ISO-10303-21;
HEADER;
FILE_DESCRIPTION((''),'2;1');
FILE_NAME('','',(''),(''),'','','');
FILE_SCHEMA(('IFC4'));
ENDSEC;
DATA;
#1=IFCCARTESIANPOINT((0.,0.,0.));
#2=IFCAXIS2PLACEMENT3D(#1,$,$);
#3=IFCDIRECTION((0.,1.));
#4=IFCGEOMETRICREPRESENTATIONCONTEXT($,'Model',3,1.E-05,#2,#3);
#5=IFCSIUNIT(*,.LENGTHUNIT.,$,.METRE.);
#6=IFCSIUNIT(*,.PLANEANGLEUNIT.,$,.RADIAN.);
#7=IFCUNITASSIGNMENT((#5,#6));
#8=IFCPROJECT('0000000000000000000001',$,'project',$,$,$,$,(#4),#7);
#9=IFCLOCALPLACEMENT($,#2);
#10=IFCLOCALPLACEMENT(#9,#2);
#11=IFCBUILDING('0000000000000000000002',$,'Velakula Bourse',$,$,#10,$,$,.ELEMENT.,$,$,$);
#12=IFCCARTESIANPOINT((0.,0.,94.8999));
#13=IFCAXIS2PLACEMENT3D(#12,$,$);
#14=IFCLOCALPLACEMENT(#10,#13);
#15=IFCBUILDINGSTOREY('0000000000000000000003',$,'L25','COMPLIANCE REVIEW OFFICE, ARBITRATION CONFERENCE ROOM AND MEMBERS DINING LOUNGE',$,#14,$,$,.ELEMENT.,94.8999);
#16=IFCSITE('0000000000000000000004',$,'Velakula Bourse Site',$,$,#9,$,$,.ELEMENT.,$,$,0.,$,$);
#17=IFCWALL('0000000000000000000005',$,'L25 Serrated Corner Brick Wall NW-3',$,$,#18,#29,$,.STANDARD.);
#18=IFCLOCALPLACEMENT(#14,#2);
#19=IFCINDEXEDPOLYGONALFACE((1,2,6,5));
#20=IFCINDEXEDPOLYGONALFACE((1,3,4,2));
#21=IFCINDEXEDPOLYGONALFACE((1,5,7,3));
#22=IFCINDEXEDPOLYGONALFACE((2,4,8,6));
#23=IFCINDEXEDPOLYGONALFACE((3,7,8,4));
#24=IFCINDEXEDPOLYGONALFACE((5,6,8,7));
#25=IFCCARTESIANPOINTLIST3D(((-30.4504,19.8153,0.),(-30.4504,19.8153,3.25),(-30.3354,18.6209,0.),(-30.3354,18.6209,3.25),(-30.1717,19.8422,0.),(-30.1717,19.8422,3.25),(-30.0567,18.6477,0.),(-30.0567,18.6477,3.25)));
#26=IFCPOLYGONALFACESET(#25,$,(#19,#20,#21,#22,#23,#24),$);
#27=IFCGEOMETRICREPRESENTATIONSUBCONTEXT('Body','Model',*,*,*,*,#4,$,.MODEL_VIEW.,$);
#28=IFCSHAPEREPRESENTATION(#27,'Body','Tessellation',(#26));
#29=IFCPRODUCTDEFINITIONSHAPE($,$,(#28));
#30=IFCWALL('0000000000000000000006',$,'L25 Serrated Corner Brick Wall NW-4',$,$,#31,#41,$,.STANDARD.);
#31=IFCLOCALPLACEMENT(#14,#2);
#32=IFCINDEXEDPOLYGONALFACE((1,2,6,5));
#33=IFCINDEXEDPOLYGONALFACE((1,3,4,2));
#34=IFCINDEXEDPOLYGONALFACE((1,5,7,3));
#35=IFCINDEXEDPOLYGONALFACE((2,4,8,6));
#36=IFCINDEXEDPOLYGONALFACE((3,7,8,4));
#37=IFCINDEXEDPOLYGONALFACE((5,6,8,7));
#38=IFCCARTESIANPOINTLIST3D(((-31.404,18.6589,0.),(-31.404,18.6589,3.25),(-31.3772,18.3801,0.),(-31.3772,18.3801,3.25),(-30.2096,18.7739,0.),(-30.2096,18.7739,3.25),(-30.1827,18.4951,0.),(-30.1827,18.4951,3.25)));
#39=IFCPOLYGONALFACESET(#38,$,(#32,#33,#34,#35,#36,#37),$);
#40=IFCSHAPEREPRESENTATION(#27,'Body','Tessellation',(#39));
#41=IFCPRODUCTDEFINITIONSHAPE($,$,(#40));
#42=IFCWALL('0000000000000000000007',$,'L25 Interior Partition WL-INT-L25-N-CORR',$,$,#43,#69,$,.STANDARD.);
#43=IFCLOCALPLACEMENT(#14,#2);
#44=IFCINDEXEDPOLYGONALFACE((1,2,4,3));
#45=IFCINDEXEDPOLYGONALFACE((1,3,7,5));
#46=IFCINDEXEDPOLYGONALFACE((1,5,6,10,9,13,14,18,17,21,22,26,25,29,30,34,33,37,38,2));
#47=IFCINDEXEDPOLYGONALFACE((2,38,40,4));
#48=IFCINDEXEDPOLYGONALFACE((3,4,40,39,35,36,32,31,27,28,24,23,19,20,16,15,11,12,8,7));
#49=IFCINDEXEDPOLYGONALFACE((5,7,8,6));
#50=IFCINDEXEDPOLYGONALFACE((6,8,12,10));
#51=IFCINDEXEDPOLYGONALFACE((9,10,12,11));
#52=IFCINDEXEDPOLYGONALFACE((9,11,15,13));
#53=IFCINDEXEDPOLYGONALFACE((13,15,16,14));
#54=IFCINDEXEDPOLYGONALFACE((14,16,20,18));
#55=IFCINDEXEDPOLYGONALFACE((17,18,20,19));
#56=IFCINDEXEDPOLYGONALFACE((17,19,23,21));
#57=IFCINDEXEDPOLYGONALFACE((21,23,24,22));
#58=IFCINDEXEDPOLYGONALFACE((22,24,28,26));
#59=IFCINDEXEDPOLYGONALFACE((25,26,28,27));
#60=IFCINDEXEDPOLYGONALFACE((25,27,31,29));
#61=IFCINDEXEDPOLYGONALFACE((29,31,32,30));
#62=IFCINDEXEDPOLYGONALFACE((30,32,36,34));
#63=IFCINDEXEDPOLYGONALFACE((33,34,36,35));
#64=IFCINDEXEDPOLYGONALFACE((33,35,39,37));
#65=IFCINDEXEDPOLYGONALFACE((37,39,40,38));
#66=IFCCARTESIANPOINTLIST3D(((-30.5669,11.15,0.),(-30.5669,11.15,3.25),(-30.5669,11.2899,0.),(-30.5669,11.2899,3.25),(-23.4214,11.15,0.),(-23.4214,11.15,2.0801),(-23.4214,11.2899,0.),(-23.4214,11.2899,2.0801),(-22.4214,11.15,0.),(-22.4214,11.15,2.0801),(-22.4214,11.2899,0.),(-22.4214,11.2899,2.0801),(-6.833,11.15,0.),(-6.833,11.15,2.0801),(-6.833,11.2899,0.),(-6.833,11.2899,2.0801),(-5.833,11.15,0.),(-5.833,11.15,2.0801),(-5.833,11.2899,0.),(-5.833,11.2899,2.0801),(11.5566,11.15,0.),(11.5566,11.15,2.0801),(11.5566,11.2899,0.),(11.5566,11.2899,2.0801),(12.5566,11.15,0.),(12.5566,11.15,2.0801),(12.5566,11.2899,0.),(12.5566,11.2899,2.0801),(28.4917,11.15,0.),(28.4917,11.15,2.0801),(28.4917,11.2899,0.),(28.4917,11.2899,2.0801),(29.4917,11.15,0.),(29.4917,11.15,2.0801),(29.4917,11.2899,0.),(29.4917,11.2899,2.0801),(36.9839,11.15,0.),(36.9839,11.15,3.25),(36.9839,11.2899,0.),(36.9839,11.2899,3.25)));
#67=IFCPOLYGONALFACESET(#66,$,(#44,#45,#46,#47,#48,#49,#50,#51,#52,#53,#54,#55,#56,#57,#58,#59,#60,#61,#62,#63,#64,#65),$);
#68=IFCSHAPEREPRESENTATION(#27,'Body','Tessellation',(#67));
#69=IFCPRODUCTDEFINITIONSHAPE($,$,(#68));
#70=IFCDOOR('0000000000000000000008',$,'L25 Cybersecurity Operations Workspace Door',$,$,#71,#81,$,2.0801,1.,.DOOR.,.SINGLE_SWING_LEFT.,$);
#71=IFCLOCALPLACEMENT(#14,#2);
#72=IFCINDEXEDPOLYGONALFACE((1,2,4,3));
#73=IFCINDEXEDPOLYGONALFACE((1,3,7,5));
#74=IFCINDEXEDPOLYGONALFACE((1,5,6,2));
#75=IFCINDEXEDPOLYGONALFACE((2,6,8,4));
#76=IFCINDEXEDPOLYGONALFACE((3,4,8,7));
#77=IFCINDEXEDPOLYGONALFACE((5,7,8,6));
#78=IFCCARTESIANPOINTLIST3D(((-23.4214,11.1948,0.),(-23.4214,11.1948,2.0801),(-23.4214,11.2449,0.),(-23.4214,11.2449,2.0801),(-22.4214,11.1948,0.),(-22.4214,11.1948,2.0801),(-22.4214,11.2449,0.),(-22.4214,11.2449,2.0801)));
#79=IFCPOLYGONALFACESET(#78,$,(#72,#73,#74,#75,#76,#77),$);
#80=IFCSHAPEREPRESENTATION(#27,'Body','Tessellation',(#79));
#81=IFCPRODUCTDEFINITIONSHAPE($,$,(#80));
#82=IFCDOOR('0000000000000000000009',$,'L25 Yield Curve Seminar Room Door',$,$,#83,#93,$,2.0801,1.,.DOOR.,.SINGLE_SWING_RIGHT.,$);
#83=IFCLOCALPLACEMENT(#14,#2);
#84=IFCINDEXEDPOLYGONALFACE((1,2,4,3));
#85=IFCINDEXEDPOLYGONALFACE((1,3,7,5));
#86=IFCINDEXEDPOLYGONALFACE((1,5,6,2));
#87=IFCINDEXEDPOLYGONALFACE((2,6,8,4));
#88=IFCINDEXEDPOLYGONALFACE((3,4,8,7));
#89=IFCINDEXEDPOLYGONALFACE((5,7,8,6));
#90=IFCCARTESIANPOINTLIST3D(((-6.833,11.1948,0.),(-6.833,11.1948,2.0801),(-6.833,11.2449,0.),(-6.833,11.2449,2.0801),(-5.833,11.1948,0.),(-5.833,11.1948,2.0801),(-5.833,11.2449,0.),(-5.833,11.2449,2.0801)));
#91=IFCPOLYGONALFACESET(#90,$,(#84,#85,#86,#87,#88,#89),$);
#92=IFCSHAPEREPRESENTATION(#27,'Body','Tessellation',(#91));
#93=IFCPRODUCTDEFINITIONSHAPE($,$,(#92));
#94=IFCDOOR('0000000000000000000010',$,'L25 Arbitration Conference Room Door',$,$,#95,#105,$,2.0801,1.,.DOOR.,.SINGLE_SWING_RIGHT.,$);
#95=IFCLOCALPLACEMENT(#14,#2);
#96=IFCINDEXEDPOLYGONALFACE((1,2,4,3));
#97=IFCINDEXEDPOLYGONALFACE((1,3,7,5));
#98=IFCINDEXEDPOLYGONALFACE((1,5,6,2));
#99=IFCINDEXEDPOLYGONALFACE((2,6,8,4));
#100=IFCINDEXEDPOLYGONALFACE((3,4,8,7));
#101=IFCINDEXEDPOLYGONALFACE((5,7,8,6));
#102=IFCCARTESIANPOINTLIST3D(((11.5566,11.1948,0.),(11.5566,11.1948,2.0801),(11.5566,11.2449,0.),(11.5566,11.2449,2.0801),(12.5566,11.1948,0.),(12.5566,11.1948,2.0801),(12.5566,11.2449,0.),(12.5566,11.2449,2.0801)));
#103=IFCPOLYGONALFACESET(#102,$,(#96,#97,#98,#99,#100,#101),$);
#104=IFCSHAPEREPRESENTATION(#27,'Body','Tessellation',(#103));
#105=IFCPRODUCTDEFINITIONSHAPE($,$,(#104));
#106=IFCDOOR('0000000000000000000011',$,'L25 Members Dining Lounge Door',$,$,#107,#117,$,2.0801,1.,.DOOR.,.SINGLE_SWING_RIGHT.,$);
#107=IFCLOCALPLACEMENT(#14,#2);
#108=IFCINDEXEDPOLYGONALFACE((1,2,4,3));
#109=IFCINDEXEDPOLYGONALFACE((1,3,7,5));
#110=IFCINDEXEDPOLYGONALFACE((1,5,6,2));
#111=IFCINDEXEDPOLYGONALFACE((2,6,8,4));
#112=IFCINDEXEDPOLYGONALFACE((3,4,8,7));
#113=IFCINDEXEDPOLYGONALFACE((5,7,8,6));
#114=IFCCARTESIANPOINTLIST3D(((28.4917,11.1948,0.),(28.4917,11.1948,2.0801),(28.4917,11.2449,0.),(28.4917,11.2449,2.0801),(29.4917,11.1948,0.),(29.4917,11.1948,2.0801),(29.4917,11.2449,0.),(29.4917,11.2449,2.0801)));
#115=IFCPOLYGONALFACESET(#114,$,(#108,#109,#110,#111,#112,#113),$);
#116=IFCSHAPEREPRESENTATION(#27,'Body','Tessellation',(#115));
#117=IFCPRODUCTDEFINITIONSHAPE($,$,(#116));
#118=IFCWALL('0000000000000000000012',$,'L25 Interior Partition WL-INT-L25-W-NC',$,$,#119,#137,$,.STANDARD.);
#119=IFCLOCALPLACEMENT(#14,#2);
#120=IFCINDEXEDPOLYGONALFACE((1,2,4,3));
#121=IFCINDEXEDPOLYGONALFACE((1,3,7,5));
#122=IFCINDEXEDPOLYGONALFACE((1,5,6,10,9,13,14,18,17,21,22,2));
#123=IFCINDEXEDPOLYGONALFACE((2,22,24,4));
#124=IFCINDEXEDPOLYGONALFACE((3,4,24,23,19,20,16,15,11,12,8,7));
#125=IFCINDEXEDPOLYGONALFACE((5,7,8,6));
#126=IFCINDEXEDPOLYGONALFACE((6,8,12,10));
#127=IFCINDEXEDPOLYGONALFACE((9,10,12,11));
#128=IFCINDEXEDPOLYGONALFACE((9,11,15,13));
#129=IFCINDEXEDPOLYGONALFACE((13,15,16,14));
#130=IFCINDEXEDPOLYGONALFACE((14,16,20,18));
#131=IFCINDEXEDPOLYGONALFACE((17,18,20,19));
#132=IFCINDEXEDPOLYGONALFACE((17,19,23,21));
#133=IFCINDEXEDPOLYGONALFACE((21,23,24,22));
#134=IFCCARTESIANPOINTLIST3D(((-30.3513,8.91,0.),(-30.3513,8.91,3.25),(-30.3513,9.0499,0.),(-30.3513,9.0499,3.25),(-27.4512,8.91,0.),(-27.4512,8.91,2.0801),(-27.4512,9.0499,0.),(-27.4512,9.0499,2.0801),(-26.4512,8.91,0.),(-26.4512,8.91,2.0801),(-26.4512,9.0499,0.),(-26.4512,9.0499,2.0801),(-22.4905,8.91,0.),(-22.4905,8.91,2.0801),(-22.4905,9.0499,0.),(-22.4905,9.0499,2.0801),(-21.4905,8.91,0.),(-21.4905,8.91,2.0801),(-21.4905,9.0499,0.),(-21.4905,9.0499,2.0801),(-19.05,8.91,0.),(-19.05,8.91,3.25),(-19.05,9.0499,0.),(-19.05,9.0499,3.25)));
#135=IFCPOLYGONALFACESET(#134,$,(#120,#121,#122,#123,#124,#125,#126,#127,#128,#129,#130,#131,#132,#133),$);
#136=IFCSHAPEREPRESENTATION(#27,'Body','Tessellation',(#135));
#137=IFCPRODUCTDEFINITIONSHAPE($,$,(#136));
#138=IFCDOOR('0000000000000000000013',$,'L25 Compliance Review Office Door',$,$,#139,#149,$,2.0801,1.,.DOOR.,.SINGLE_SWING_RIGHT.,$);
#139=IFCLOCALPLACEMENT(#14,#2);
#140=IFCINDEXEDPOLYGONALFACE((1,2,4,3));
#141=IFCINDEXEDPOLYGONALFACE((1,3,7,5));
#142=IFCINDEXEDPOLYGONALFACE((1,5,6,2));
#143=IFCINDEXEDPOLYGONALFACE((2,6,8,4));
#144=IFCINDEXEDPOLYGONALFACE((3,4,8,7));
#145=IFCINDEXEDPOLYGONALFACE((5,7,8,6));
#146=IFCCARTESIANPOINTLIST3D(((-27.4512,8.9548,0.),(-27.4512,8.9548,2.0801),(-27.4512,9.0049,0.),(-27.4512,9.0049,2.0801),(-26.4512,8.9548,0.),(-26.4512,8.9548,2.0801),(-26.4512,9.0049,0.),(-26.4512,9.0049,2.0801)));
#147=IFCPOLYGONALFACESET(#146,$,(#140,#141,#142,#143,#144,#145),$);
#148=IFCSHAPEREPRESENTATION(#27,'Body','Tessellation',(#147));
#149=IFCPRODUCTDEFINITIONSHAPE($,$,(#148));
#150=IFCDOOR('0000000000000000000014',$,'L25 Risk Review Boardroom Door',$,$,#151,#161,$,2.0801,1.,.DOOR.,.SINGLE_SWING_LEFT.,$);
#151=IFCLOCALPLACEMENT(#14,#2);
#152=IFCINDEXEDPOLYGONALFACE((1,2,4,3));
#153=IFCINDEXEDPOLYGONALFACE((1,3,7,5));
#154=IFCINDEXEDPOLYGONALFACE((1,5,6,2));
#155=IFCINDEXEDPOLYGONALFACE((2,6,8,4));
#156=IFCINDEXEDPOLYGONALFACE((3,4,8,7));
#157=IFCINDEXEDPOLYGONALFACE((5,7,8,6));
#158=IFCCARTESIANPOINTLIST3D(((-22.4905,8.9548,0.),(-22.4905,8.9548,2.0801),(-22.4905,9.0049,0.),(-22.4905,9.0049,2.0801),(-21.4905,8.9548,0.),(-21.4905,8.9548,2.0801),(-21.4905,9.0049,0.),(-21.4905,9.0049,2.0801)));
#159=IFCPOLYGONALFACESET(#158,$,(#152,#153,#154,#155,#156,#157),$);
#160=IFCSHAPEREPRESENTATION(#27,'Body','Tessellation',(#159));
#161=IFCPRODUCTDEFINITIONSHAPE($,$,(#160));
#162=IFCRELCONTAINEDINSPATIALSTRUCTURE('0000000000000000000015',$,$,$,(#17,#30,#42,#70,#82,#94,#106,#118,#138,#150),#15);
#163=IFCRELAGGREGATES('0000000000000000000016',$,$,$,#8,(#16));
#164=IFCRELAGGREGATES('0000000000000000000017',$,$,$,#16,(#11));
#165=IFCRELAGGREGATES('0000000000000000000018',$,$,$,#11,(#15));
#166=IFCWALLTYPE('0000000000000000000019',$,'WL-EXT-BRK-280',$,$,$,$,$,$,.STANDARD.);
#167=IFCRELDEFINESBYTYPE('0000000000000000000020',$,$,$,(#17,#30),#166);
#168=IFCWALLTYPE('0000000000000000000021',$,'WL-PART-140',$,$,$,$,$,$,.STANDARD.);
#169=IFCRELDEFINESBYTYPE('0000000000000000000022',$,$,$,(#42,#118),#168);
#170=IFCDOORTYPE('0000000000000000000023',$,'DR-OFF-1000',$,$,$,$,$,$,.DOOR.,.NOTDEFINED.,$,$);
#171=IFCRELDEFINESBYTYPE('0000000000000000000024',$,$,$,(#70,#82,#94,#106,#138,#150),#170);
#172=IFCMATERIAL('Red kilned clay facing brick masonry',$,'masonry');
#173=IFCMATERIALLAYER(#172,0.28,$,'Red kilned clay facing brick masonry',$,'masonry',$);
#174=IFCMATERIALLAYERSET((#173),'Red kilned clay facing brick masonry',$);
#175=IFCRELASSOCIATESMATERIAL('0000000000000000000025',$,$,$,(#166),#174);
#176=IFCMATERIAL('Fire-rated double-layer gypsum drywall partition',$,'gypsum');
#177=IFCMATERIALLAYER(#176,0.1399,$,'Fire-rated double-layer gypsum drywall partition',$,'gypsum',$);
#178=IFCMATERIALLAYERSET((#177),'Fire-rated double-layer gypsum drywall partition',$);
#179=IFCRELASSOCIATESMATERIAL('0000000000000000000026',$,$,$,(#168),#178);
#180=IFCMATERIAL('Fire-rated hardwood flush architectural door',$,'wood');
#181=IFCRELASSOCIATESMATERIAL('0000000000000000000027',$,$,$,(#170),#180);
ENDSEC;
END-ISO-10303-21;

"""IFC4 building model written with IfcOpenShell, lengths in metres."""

from ifc_helpers import new_model, si_unit, direction, frame, frame_2d, origin, place, context, subcontext, project, spatial, rectangle, extrude, material, layer, layer_set, type_object, element, fill, save


model = new_model("IFC4")

# Units and contexts
model_context = context("Model", 3, precision=1e-05, world=origin(), true_north=direction((0.0, 1.0)))
body_context = subcontext(model_context, "Body", "Model", "MODEL_VIEW")
ifc_project = project(units=[si_unit("LENGTHUNIT", "METRE"), si_unit("PLANEANGLEUNIT", "RADIAN")], contexts=[model_context])

# Site, building, storey
site_placement = place(None, origin())
site = spatial("IfcSite", under=ifc_project, at=site_placement, Name="Velakula Bourse Site", CompositionType="ELEMENT", RefElevation=0.0)
building_placement = place(site_placement, origin())
building = spatial("IfcBuilding", under=site, at=building_placement, Name="Velakula Bourse", CompositionType="ELEMENT")
storey_placement = place(building_placement, frame((0.0, 0.0, 94.8999)))
storey = spatial("IfcBuildingStorey", under=building, at=storey_placement, Name="L25", Description="COMPLIANCE REVIEW OFFICE, ARBITRATION CONFERENCE ROOM AND MEMBERS DINING LOUNGE", CompositionType="ELEMENT", Elevation=94.8999)

# Shared definitions
ifc_material_1 = material(Name="Red kilned clay facing brick masonry", Category="masonry")
ifc_layer_1 = layer(ifc_material_1, 0.28, Name="Red kilned clay facing brick masonry", Category="masonry")
ifc_layer_set_1 = layer_set([ifc_layer_1], Name="Red kilned clay facing brick masonry")
wall_type_1 = type_object("IfcWallType", Name="WL-EXT-BRK-280", PredefinedType="STANDARD", material=ifc_layer_set_1)

# Walls
for number, where, z_axis, x_axis, name in (
    (1, (-30.311, 19.8289, 0.0), (0.0, 0.0, 1.0), (0.095836, -0.995397, 0.0), "L25 Serrated Corner Brick Wall NW-3"),
    (2, (-30.196, 18.6345, 0.0), (0.0, 0.0, 1.0), (-0.995397, -0.095836, 0.0), "L25 Serrated Corner Brick Wall NW-4"),
):
    element("IfcWall", number, at=place(storey_placement, frame(where, z_axis=z_axis, x_axis=x_axis)), inside=storey, type_object=wall_type_1, Name=name, PredefinedType="STANDARD", context=body_context, shape_type="SweptSolid", body=[
        extrude(rectangle(XDim=1.2, YDim=0.28, at=frame_2d((0.6001, 0.0))), origin(), (0.0, 0.0, 1.0), 3.25),
    ])

# Walls, openings, doors
ifc_material_2 = material(Name="Fire-rated double-layer gypsum drywall partition", Category="gypsum")
ifc_layer_2 = layer(ifc_material_2, 0.1399, Name="Fire-rated double-layer gypsum drywall partition", Category="gypsum")
ifc_layer_set_2 = layer_set([ifc_layer_2], Name="Fire-rated double-layer gypsum drywall partition")
wall_type_2 = type_object("IfcWallType", Name="WL-PART-140", PredefinedType="STANDARD", material=ifc_layer_set_2)
wall_1_placement = place(storey_placement, frame((-30.5669, 11.22, 0.0), z_axis=(0.0, 0.0, 1.0), x_axis=(1.0, 0.0, 0.0)))
wall_1 = element("IfcWall", 3, at=wall_1_placement, inside=storey, type_object=wall_type_2, Name="L25 Interior Partition WL-INT-L25-N-CORR", PredefinedType="STANDARD", context=body_context, shape_type="SweptSolid", body=[
    extrude(rectangle(XDim=67.5508, YDim=0.1399, at=frame_2d((33.7754, 0.0))), origin(), (0.0, 0.0, 1.0), 3.25),
])
opening_1_placement = place(wall_1_placement, frame((7.1455, 0.0, 0.0)))
opening_1 = element("IfcOpeningElement", 4, at=opening_1_placement, cuts=wall_1, PredefinedType="OPENING", context=body_context, shape_type="SweptSolid", body=[
    extrude(rectangle(XDim=1.0, YDim=2.0801, at=frame_2d((0.5, 1.04))), frame((0.0, 0.0798, 0.0), z_axis=(0.0, -1.0, 0.0), x_axis=(1.0, 0.0, 0.0)), (0.0, 0.0, 1.0), 0.1599),
])
opening_2_placement = place(wall_1_placement, frame((23.7339, 0.0, 0.0)))
opening_2 = element("IfcOpeningElement", 5, at=opening_2_placement, cuts=wall_1, PredefinedType="OPENING", context=body_context, shape_type="SweptSolid", body=[
    extrude(rectangle(XDim=1.0, YDim=2.0801, at=frame_2d((0.5, 1.04))), frame((0.0, 0.0798, 0.0), z_axis=(0.0, -1.0, 0.0), x_axis=(1.0, 0.0, 0.0)), (0.0, 0.0, 1.0), 0.1599),
])
opening_3_placement = place(wall_1_placement, frame((42.1235, 0.0, 0.0)))
opening_3 = element("IfcOpeningElement", 6, at=opening_3_placement, cuts=wall_1, PredefinedType="OPENING", context=body_context, shape_type="SweptSolid", body=[
    extrude(rectangle(XDim=1.0, YDim=2.0801, at=frame_2d((0.5, 1.04))), frame((0.0, 0.0798, 0.0), z_axis=(0.0, -1.0, 0.0), x_axis=(1.0, 0.0, 0.0)), (0.0, 0.0, 1.0), 0.1599),
])
opening_4_placement = place(wall_1_placement, frame((59.0586, 0.0, 0.0)))
opening_4 = element("IfcOpeningElement", 7, at=opening_4_placement, cuts=wall_1, PredefinedType="OPENING", context=body_context, shape_type="SweptSolid", body=[
    extrude(rectangle(XDim=1.0, YDim=2.0801, at=frame_2d((0.5, 1.04))), frame((0.0, 0.0798, 0.0), z_axis=(0.0, -1.0, 0.0), x_axis=(1.0, 0.0, 0.0)), (0.0, 0.0, 1.0), 0.1599),
])
ifc_material_3 = material(Name="Fire-rated hardwood flush architectural door", Category="wood")
door_type = type_object("IfcDoorType", Name="DR-OFF-1000", OperationType="NOTDEFINED", PredefinedType="DOOR", material=ifc_material_3)
door_1_placement = place(opening_1_placement, origin())
door_1 = element("IfcDoor", 8, at=door_1_placement, inside=storey, type_object=door_type, Name="L25 Cybersecurity Operations Workspace Door", OperationType="SINGLE_SWING_LEFT", OverallHeight=2.0801, OverallWidth=1.0, PredefinedType="DOOR", context=body_context, shape_type="SweptSolid", body=[
    extrude(rectangle(XDim=1.0, YDim=2.0801, at=frame_2d((0.5, 1.04))), frame((0.0, 0.0249, 0.0), z_axis=(0.0, -1.0, 0.0), x_axis=(1.0, 0.0, 0.0)), (0.0, 0.0, 1.0), 0.05),
])
fill(opening_1, door_1)
door_2_placement = place(opening_2_placement, origin())
door_2 = element("IfcDoor", 9, at=door_2_placement, inside=storey, type_object=door_type, Name="L25 Yield Curve Seminar Room Door", OperationType="SINGLE_SWING_RIGHT", OverallHeight=2.0801, OverallWidth=1.0, PredefinedType="DOOR", context=body_context, shape_type="SweptSolid", body=[
    extrude(rectangle(XDim=1.0, YDim=2.0801, at=frame_2d((0.5, 1.04))), frame((0.0, 0.0249, 0.0), z_axis=(0.0, -1.0, 0.0), x_axis=(1.0, 0.0, 0.0)), (0.0, 0.0, 1.0), 0.05),
])
fill(opening_2, door_2)
door_3_placement = place(opening_3_placement, origin())
door_3 = element("IfcDoor", 10, at=door_3_placement, inside=storey, type_object=door_type, Name="L25 Arbitration Conference Room Door", OperationType="SINGLE_SWING_RIGHT", OverallHeight=2.0801, OverallWidth=1.0, PredefinedType="DOOR", context=body_context, shape_type="SweptSolid", body=[
    extrude(rectangle(XDim=1.0, YDim=2.0801, at=frame_2d((0.5, 1.04))), frame((0.0, 0.0249, 0.0), z_axis=(0.0, -1.0, 0.0), x_axis=(1.0, 0.0, 0.0)), (0.0, 0.0, 1.0), 0.05),
])
fill(opening_3, door_3)
door_4_placement = place(opening_4_placement, origin())
door_4 = element("IfcDoor", 11, at=door_4_placement, inside=storey, type_object=door_type, Name="L25 Members Dining Lounge Door", OperationType="SINGLE_SWING_RIGHT", OverallHeight=2.0801, OverallWidth=1.0, PredefinedType="DOOR", context=body_context, shape_type="SweptSolid", body=[
    extrude(rectangle(XDim=1.0, YDim=2.0801, at=frame_2d((0.5, 1.04))), frame((0.0, 0.0249, 0.0), z_axis=(0.0, -1.0, 0.0), x_axis=(1.0, 0.0, 0.0)), (0.0, 0.0, 1.0), 0.05),
])
fill(opening_4, door_4)
wall_2_placement = place(storey_placement, frame((-30.3513, 8.98, 0.0), z_axis=(0.0, 0.0, 1.0), x_axis=(1.0, 0.0, 0.0)))
wall_2 = element("IfcWall", 12, at=wall_2_placement, inside=storey, type_object=wall_type_2, Name="L25 Interior Partition WL-INT-L25-W-NC", PredefinedType="STANDARD", context=body_context, shape_type="SweptSolid", body=[
    extrude(rectangle(XDim=11.3013, YDim=0.1399, at=frame_2d((5.6506, 0.0))), origin(), (0.0, 0.0, 1.0), 3.25),
])
opening_5_placement = place(wall_2_placement, frame((2.9001, 0.0, 0.0)))
opening_5 = element("IfcOpeningElement", 13, at=opening_5_placement, cuts=wall_2, PredefinedType="OPENING", context=body_context, shape_type="SweptSolid", body=[
    extrude(rectangle(XDim=1.0, YDim=2.0801, at=frame_2d((0.5, 1.04))), frame((0.0, 0.0798, 0.0), z_axis=(0.0, -1.0, 0.0), x_axis=(1.0, 0.0, 0.0)), (0.0, 0.0, 1.0), 0.1599),
])
opening_6_placement = place(wall_2_placement, frame((7.8608, 0.0, 0.0)))
opening_6 = element("IfcOpeningElement", 14, at=opening_6_placement, cuts=wall_2, PredefinedType="OPENING", context=body_context, shape_type="SweptSolid", body=[
    extrude(rectangle(XDim=1.0, YDim=2.0801, at=frame_2d((0.5, 1.04))), frame((0.0, 0.0798, 0.0), z_axis=(0.0, -1.0, 0.0), x_axis=(1.0, 0.0, 0.0)), (0.0, 0.0, 1.0), 0.1599),
])
door_5_placement = place(opening_5_placement, origin())
door_5 = element("IfcDoor", 15, at=door_5_placement, inside=storey, type_object=door_type, Name="L25 Compliance Review Office Door", OperationType="SINGLE_SWING_RIGHT", OverallHeight=2.0801, OverallWidth=1.0, PredefinedType="DOOR", context=body_context, shape_type="SweptSolid", body=[
    extrude(rectangle(XDim=1.0, YDim=2.0801, at=frame_2d((0.5, 1.04))), frame((0.0, 0.0249, 0.0), z_axis=(0.0, -1.0, 0.0), x_axis=(1.0, 0.0, 0.0)), (0.0, 0.0, 1.0), 0.05),
])
fill(opening_5, door_5)
door_6_placement = place(opening_6_placement, origin())
door_6 = element("IfcDoor", 16, at=door_6_placement, inside=storey, type_object=door_type, Name="L25 Risk Review Boardroom Door", OperationType="SINGLE_SWING_LEFT", OverallHeight=2.0801, OverallWidth=1.0, PredefinedType="DOOR", context=body_context, shape_type="SweptSolid", body=[
    extrude(rectangle(XDim=1.0, YDim=2.0801, at=frame_2d((0.5, 1.04))), frame((0.0, 0.0249, 0.0), z_axis=(0.0, -1.0, 0.0), x_axis=(1.0, 0.0, 0.0)), (0.0, 0.0, 1.0), 0.05),
])
fill(opening_6, door_6)

save(model, "model.ifc")
